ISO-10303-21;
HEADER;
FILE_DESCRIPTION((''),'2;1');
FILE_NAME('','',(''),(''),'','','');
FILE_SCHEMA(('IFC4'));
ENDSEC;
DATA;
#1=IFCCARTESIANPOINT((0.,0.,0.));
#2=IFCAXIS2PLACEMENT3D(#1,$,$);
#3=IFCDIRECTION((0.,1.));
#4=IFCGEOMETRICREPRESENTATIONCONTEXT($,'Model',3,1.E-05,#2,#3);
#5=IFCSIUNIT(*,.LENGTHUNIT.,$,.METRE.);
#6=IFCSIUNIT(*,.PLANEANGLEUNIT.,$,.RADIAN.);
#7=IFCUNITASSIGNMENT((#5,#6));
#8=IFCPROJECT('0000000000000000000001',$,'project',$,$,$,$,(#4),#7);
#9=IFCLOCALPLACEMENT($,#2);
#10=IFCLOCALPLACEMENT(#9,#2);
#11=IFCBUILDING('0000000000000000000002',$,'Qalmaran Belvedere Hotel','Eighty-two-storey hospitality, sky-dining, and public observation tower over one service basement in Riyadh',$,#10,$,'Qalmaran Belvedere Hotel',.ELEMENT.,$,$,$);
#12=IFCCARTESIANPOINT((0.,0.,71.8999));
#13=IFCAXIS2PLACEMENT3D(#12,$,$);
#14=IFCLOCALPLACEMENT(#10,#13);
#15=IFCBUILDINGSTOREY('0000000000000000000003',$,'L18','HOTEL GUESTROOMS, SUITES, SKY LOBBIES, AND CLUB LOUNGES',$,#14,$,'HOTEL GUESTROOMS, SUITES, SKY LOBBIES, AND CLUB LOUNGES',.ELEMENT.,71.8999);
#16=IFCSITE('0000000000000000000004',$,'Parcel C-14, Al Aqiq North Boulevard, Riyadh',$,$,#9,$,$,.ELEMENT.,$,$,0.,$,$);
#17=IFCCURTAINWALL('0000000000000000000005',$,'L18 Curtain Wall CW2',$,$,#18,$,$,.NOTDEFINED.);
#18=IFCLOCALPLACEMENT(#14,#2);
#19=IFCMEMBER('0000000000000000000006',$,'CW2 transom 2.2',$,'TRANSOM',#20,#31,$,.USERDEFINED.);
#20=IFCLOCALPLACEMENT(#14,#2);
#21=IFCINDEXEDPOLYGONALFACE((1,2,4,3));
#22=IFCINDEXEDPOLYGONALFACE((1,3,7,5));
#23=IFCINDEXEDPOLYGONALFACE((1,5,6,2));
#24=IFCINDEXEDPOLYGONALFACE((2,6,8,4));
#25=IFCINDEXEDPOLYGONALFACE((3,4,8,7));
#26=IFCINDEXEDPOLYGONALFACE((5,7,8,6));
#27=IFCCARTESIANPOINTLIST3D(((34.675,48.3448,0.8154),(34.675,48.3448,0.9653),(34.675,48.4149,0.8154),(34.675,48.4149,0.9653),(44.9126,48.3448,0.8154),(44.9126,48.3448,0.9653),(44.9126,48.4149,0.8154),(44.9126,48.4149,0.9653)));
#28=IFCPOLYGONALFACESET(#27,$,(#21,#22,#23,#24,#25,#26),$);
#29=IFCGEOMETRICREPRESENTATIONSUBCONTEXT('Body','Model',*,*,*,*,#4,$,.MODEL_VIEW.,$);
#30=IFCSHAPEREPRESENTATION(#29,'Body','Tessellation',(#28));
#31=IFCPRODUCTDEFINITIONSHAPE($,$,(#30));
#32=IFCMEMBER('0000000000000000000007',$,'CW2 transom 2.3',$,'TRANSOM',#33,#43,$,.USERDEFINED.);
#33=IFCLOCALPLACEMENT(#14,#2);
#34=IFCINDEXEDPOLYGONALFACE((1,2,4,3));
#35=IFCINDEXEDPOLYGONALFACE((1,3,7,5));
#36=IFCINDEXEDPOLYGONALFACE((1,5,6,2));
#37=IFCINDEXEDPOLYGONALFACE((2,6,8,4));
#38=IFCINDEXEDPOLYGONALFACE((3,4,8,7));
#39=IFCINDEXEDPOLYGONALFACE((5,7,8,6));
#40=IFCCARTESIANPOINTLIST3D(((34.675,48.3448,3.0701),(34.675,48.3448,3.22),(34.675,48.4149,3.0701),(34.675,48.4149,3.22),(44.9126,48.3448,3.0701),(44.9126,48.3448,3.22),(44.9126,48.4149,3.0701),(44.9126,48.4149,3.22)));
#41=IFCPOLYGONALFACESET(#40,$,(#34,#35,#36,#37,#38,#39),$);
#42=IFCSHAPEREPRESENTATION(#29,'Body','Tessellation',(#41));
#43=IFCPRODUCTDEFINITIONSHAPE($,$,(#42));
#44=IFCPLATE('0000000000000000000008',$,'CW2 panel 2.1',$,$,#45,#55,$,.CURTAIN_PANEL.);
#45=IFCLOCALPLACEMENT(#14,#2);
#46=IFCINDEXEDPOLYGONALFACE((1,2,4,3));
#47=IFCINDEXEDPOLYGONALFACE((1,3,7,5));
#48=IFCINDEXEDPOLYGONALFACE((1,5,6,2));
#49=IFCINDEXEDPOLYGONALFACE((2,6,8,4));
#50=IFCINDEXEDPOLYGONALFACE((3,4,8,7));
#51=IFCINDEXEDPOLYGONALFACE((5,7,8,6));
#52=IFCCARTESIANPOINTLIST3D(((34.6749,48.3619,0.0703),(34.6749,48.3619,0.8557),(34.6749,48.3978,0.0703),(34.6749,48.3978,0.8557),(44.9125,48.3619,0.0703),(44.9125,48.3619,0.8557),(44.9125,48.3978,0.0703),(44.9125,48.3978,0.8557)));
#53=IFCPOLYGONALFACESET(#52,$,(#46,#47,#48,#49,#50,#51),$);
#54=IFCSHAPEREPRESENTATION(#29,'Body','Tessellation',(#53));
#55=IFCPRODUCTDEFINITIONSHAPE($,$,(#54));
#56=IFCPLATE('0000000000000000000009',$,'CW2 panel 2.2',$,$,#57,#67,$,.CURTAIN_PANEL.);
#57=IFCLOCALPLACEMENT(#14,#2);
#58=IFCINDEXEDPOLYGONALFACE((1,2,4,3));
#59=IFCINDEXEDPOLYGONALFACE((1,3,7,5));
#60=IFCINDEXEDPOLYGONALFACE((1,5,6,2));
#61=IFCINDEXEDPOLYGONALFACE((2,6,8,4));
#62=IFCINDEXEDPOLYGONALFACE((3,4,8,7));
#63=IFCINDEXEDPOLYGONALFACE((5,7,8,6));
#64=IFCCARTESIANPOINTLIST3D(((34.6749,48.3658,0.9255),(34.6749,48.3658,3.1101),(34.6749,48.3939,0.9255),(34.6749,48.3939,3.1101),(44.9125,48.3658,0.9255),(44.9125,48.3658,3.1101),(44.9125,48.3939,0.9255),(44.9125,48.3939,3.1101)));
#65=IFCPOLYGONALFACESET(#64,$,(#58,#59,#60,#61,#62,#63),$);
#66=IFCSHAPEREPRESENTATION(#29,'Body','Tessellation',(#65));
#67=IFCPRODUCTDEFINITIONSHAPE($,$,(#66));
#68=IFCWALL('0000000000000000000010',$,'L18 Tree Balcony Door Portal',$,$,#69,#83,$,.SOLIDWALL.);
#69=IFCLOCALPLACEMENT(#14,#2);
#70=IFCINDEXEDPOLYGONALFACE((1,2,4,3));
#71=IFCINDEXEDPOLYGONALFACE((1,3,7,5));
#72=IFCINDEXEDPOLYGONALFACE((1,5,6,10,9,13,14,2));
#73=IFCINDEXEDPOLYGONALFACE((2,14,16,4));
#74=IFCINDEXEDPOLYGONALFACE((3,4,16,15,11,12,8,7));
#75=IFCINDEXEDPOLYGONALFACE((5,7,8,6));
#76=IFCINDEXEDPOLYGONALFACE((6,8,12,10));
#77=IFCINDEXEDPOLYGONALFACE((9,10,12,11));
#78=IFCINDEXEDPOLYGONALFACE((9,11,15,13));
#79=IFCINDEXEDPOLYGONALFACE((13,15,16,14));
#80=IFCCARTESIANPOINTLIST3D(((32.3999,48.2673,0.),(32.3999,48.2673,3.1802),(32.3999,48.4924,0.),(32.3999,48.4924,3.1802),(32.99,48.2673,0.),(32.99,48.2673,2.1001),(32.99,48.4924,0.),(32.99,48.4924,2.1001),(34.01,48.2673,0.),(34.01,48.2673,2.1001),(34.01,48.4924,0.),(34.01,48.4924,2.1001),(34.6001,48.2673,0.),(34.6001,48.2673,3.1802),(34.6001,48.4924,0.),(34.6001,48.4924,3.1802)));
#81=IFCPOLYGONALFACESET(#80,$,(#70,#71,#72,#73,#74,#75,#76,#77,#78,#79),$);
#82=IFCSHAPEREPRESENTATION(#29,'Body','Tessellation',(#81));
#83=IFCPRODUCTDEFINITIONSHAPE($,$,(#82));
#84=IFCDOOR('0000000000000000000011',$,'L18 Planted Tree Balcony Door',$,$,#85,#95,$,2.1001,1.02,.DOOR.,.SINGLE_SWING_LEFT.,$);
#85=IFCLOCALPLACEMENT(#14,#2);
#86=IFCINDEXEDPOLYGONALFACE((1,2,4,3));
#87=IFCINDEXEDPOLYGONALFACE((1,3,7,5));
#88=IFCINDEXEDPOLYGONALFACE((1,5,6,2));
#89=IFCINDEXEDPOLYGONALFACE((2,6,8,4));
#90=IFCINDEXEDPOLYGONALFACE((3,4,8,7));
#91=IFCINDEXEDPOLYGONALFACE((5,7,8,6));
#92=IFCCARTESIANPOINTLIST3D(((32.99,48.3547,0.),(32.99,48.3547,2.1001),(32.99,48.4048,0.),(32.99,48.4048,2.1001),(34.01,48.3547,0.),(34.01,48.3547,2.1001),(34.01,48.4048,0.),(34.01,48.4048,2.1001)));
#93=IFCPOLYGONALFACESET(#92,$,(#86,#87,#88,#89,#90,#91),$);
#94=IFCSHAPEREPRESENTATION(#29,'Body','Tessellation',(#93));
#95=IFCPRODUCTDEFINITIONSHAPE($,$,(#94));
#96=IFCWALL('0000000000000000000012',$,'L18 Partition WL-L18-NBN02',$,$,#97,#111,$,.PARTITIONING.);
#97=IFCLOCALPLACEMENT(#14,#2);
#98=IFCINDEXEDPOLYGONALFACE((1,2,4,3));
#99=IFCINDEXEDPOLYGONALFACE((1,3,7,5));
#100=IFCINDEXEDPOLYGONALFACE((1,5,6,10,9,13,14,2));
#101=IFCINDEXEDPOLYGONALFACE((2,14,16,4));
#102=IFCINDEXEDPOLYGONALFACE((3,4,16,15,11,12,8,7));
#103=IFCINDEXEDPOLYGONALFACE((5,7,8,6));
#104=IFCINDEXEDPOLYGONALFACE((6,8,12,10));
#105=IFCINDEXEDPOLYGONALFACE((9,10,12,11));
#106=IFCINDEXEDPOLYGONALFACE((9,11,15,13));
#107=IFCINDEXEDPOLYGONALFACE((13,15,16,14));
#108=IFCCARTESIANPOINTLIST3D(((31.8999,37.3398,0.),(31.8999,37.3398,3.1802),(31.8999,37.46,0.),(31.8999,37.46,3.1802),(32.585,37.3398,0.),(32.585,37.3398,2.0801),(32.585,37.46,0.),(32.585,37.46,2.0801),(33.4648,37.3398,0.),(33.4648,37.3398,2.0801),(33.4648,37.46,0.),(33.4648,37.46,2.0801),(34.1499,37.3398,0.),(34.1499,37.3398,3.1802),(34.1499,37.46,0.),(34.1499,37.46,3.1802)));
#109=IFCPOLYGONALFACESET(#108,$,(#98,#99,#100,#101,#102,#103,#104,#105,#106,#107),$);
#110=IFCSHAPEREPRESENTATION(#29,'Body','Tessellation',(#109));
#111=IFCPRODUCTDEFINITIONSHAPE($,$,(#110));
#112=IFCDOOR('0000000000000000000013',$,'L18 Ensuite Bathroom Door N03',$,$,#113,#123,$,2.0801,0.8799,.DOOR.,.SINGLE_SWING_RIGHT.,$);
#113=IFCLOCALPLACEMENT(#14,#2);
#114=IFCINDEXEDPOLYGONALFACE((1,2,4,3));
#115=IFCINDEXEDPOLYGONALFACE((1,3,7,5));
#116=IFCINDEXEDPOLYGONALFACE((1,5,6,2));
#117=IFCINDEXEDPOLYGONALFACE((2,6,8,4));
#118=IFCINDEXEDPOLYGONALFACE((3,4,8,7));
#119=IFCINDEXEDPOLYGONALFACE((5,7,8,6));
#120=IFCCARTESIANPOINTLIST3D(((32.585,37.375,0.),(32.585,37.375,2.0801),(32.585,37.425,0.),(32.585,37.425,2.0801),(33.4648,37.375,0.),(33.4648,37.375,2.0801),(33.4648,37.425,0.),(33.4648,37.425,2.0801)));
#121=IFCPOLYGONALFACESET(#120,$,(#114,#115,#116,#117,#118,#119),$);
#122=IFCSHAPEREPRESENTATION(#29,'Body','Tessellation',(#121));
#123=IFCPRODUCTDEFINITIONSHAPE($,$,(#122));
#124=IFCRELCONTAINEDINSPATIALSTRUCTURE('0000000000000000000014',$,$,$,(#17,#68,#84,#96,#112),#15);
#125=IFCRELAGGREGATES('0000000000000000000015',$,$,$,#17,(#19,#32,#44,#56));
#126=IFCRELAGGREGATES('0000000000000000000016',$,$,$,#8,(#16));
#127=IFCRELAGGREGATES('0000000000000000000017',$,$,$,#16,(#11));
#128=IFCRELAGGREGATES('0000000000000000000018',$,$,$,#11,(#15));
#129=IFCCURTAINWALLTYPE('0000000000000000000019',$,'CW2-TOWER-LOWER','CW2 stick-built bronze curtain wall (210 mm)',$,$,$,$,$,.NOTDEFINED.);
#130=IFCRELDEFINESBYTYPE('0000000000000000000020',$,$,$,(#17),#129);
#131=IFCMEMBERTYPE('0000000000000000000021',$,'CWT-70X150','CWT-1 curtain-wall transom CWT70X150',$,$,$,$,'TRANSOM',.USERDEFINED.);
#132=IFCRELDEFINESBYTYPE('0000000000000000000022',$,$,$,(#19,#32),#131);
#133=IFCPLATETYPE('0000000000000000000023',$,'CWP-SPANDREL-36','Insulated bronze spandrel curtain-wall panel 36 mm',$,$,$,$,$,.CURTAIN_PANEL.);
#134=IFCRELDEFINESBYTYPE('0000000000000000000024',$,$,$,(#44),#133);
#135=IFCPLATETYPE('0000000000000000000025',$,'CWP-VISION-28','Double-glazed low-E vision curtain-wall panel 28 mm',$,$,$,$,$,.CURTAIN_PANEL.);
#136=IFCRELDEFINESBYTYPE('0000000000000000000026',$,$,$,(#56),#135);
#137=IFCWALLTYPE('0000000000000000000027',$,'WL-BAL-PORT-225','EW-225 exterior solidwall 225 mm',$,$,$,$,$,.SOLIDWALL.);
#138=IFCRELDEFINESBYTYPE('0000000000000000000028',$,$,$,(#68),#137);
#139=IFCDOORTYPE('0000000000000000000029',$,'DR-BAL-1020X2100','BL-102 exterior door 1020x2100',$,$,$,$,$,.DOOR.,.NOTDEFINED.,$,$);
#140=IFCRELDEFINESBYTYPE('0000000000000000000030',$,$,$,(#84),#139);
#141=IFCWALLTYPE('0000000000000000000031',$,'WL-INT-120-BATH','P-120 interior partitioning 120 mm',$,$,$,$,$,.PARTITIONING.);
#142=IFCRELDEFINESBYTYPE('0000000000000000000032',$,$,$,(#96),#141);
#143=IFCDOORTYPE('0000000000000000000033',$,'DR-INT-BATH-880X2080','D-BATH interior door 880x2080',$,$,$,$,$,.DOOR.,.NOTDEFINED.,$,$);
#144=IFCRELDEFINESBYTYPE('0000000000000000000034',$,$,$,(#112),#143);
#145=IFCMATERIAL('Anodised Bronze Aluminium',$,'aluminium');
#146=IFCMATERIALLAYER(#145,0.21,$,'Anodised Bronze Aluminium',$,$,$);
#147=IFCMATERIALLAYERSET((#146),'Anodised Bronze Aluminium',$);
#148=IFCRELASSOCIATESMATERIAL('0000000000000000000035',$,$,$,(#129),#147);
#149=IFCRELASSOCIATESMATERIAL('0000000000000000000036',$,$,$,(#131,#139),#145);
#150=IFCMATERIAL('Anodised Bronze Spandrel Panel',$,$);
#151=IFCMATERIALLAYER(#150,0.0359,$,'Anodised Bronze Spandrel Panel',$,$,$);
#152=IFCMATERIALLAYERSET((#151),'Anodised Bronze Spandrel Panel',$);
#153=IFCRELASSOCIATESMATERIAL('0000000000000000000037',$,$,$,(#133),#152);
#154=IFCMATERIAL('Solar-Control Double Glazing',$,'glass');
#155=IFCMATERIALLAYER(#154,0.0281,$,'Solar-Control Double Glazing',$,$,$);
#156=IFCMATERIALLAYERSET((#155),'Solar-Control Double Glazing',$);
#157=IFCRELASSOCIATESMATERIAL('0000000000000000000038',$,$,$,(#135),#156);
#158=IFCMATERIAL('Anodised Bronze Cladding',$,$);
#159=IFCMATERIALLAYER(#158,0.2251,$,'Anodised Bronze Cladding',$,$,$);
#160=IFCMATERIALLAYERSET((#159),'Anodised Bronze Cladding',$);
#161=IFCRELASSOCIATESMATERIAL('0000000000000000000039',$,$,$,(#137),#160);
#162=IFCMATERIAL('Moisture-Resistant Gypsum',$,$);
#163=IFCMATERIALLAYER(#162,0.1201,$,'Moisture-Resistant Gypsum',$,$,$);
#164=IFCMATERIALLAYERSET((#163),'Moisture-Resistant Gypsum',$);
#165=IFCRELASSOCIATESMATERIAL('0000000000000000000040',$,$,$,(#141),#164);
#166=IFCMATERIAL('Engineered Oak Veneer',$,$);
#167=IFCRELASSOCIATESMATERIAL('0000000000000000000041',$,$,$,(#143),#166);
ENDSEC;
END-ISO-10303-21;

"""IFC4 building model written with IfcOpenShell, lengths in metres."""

from ifc_helpers import new_model, si_unit, direction, frame, frame_2d, origin, origin_2d, place, context, subcontext, project, spatial, rectangle, extrude, material, layer, layer_set, material_profile, profile_set, type_object, element, fill, aggregate, save


model = new_model("IFC4")

# Units and contexts
model_context = context("Model", 3, precision=1e-05, world=origin(), true_north=direction((0.0, 1.0)))
body_context = subcontext(model_context, "Body", "Model", "MODEL_VIEW")
ifc_project = project(units=[si_unit("LENGTHUNIT", "METRE"), si_unit("PLANEANGLEUNIT", "RADIAN")], contexts=[model_context])

# Site, building, storey
site_placement = place(None, origin())
site = spatial("IfcSite", under=ifc_project, at=site_placement, Name="Parcel C-14, Al Aqiq North Boulevard, Riyadh", CompositionType="ELEMENT", RefElevation=0.0)
building_placement = place(site_placement, origin())
building = spatial("IfcBuilding", under=site, at=building_placement, Name="Qalmaran Belvedere Hotel", Description="Eighty-two-storey hospitality, sky-dining, and public observation tower over one service basement in Riyadh", LongName="Qalmaran Belvedere Hotel", CompositionType="ELEMENT")
storey_placement = place(building_placement, frame((0.0, 0.0, 71.8999)))
storey = spatial("IfcBuildingStorey", under=building, at=storey_placement, Name="L18", Description="HOTEL GUESTROOMS, SUITES, SKY LOBBIES, AND CLUB LOUNGES", LongName="HOTEL GUESTROOMS, SUITES, SKY LOBBIES, AND CLUB LOUNGES", CompositionType="ELEMENT", Elevation=71.8999)

# Shared definitions
ifc_material_1 = material(Name="Anodised Bronze Aluminium", Category="aluminium")
ifc_layer_1 = layer(ifc_material_1, 0.21, Name="Anodised Bronze Aluminium")
ifc_layer_set_1 = layer_set([ifc_layer_1], Name="Anodised Bronze Aluminium")
curtain_wall_type = type_object("IfcCurtainWallType", Name="CW2-TOWER-LOWER", Description="CW2 stick-built bronze curtain wall (210 mm)", PredefinedType="NOTDEFINED", material=ifc_layer_set_1)

# Curtain wall
curtain_wall_1_placement = place(storey_placement, origin())
curtain_wall_1 = element("IfcCurtainWall", 1, at=curtain_wall_1_placement, inside=storey, type_object=curtain_wall_type, Name="L18 Curtain Wall CW2", PredefinedType="NOTDEFINED")

# Members
ifc_material_profile_1 = material_profile(ifc_material_1, rectangle(XDim=0.0701, YDim=0.1499, at=origin_2d()), Name="CWT70X150")
ifc_profile_set_1 = profile_set([ifc_material_profile_1], Name="Anodised Bronze Aluminium")
member_type_1 = type_object("IfcMemberType", Name="CWT-70X150", Description="CWT-1 curtain-wall transom CWT70X150", ElementType="TRANSOM", PredefinedType="USERDEFINED", material=ifc_profile_set_1)
member_1_placement = place(storey_placement, frame((44.9126, 48.3799, 0.8904), z_axis=(-1.0, 0.0, 0.0), x_axis=(0.0, -1.0, 0.0)))
member_1 = element("IfcMember", 2, at=member_1_placement, type_object=member_type_1, Name="CW2 transom 2.2", ObjectType="TRANSOM", PredefinedType="USERDEFINED", context=body_context, shape_type="SweptSolid", body=[
    extrude(rectangle(XDim=0.0701, YDim=0.1499, at=origin_2d()), origin(), (0.0, 0.0, 1.0), 10.2375),
])
member_2_placement = place(storey_placement, frame((44.9126, 48.3799, 3.145), z_axis=(-1.0, 0.0, 0.0), x_axis=(0.0, -1.0, 0.0)))
member_2 = element("IfcMember", 3, at=member_2_placement, type_object=member_type_1, Name="CW2 transom 2.3", ObjectType="TRANSOM", PredefinedType="USERDEFINED", context=body_context, shape_type="SweptSolid", body=[
    extrude(rectangle(XDim=0.0701, YDim=0.1499, at=origin_2d()), origin(), (0.0, 0.0, 1.0), 10.2375),
])

# Plates
ifc_material_2 = material(Name="Anodised Bronze Spandrel Panel")
ifc_layer_2 = layer(ifc_material_2, 0.0359, Name="Anodised Bronze Spandrel Panel")
ifc_layer_set_2 = layer_set([ifc_layer_2], Name="Anodised Bronze Spandrel Panel")
plate_type_1 = type_object("IfcPlateType", Name="CWP-SPANDREL-36", Description="Insulated bronze spandrel curtain-wall panel 36 mm", PredefinedType="CURTAIN_PANEL", material=ifc_layer_set_2)
plate_1_placement = place(storey_placement, frame((39.7937, 48.3799, 0.0703), z_axis=(0.0, 0.0, 1.0), x_axis=(-1.0, 0.0, 0.0)))
plate_1 = element("IfcPlate", 4, at=plate_1_placement, type_object=plate_type_1, Name="CW2 panel 2.1", PredefinedType="CURTAIN_PANEL", context=body_context, shape_type="SweptSolid", body=[
    extrude(rectangle(XDim=10.2375, YDim=0.0359, at=origin_2d()), origin(), (0.0, 0.0, 1.0), 0.7854),
])
ifc_material_3 = material(Name="Solar-Control Double Glazing", Category="glass")
ifc_layer_3 = layer(ifc_material_3, 0.0281, Name="Solar-Control Double Glazing")
ifc_layer_set_3 = layer_set([ifc_layer_3], Name="Solar-Control Double Glazing")
plate_type_2 = type_object("IfcPlateType", Name="CWP-VISION-28", Description="Double-glazed low-E vision curtain-wall panel 28 mm", PredefinedType="CURTAIN_PANEL", material=ifc_layer_set_3)
plate_2_placement = place(storey_placement, frame((39.7937, 48.3799, 0.9255), z_axis=(0.0, 0.0, 1.0), x_axis=(-1.0, 0.0, 0.0)))
plate_2 = element("IfcPlate", 5, at=plate_2_placement, type_object=plate_type_2, Name="CW2 panel 2.2", PredefinedType="CURTAIN_PANEL", context=body_context, shape_type="SweptSolid", body=[
    extrude(rectangle(XDim=10.2375, YDim=0.0281, at=origin_2d()), origin(), (0.0, 0.0, 1.0), 2.1846),
])
aggregate(curtain_wall_1, [member_1, member_2, plate_1, plate_2])

# Walls, openings, doors
ifc_material_4 = material(Name="Anodised Bronze Cladding")
ifc_layer_4 = layer(ifc_material_4, 0.2251, Name="Anodised Bronze Cladding")
ifc_layer_set_4 = layer_set([ifc_layer_4], Name="Anodised Bronze Cladding")
wall_type_1 = type_object("IfcWallType", Name="WL-BAL-PORT-225", Description="EW-225 exterior solidwall 225 mm", PredefinedType="SOLIDWALL", material=ifc_layer_set_4)
wall_1_placement = place(storey_placement, frame((32.3999, 48.3799, 0.0), z_axis=(0.0, 0.0, 1.0), x_axis=(1.0, 0.0, 0.0)))
wall_1 = element("IfcWall", 6, at=wall_1_placement, inside=storey, type_object=wall_type_1, Name="L18 Tree Balcony Door Portal", PredefinedType="SOLIDWALL", context=body_context, shape_type="SweptSolid", body=[
    extrude(rectangle(XDim=2.2002, YDim=0.2251, at=frame_2d((1.1001, 0.0))), origin(), (0.0, 0.0, 1.0), 3.1802),
])
opening_1_placement = place(wall_1_placement, frame((0.5901, 0.0, 0.0)))
opening_1 = element("IfcOpeningElement", 7, at=opening_1_placement, cuts=wall_1, PredefinedType="OPENING", context=body_context, shape_type="SweptSolid", body=[
    extrude(rectangle(XDim=1.02, YDim=2.1001, at=frame_2d((0.51, 1.05))), frame((0.0, 0.1226, 0.0), z_axis=(0.0, -1.0, 0.0), x_axis=(1.0, 0.0, 0.0)), (0.0, 0.0, 1.0), 0.2451),
])
door_type_1 = type_object("IfcDoorType", Name="DR-BAL-1020X2100", Description="BL-102 exterior door 1020x2100", OperationType="NOTDEFINED", PredefinedType="DOOR", material=ifc_material_1)
door_1_placement = place(opening_1_placement, origin())
door_1 = element("IfcDoor", 8, at=door_1_placement, inside=storey, type_object=door_type_1, Name="L18 Planted Tree Balcony Door", OperationType="SINGLE_SWING_LEFT", OverallHeight=2.1001, OverallWidth=1.02, PredefinedType="DOOR", context=body_context, shape_type="SweptSolid", body=[
    extrude(rectangle(XDim=1.02, YDim=2.1001, at=frame_2d((0.51, 1.05))), frame((0.0, 0.0249, 0.0), z_axis=(0.0, -1.0, 0.0), x_axis=(1.0, 0.0, 0.0)), (0.0, 0.0, 1.0), 0.05),
])
fill(opening_1, door_1)
ifc_material_5 = material(Name="Moisture-Resistant Gypsum")
ifc_layer_5 = layer(ifc_material_5, 0.1201, Name="Moisture-Resistant Gypsum")
ifc_layer_set_5 = layer_set([ifc_layer_5], Name="Moisture-Resistant Gypsum")
wall_type_2 = type_object("IfcWallType", Name="WL-INT-120-BATH", Description="P-120 interior partitioning 120 mm", PredefinedType="PARTITIONING", material=ifc_layer_set_5)
wall_2_placement = place(storey_placement, frame((31.8999, 37.3999, 0.0), z_axis=(0.0, 0.0, 1.0), x_axis=(1.0, 0.0, 0.0)))
wall_2 = element("IfcWall", 9, at=wall_2_placement, inside=storey, type_object=wall_type_2, Name="L18 Partition WL-L18-NBN02", PredefinedType="PARTITIONING", context=body_context, shape_type="SweptSolid", body=[
    extrude(rectangle(XDim=2.25, YDim=0.1201, at=frame_2d((1.125, 0.0))), origin(), (0.0, 0.0, 1.0), 3.1802),
])
opening_2_placement = place(wall_2_placement, frame((1.5649, 0.0, 0.0), z_axis=(0.0, 0.0, 1.0), x_axis=(-1.0, 0.0, 0.0)))
opening_2 = element("IfcOpeningElement", 10, at=opening_2_placement, cuts=wall_2, PredefinedType="OPENING", context=body_context, shape_type="SweptSolid", body=[
    extrude(rectangle(XDim=0.8799, YDim=2.0801, at=frame_2d((0.4399, 1.04))), frame((0.0, 0.0701, 0.0), z_axis=(0.0, -1.0, 0.0), x_axis=(1.0, 0.0, 0.0)), (0.0, 0.0, 1.0), 0.1401),
])
ifc_material_6 = material(Name="Engineered Oak Veneer")
door_type_2 = type_object("IfcDoorType", Name="DR-INT-BATH-880X2080", Description="D-BATH interior door 880x2080", OperationType="NOTDEFINED", PredefinedType="DOOR", material=ifc_material_6)
door_2_placement = place(opening_2_placement, origin())
door_2 = element("IfcDoor", 11, at=door_2_placement, inside=storey, type_object=door_type_2, Name="L18 Ensuite Bathroom Door N03", OperationType="SINGLE_SWING_RIGHT", OverallHeight=2.0801, OverallWidth=0.8799, PredefinedType="DOOR", context=body_context, shape_type="SweptSolid", body=[
    extrude(rectangle(XDim=0.8799, YDim=2.0801, at=frame_2d((0.4399, 1.04))), frame((0.0, 0.0249, 0.0), z_axis=(0.0, -1.0, 0.0), x_axis=(1.0, 0.0, 0.0)), (0.0, 0.0, 1.0), 0.05),
])
fill(opening_2, door_2)

save(model, "model.ifc")
